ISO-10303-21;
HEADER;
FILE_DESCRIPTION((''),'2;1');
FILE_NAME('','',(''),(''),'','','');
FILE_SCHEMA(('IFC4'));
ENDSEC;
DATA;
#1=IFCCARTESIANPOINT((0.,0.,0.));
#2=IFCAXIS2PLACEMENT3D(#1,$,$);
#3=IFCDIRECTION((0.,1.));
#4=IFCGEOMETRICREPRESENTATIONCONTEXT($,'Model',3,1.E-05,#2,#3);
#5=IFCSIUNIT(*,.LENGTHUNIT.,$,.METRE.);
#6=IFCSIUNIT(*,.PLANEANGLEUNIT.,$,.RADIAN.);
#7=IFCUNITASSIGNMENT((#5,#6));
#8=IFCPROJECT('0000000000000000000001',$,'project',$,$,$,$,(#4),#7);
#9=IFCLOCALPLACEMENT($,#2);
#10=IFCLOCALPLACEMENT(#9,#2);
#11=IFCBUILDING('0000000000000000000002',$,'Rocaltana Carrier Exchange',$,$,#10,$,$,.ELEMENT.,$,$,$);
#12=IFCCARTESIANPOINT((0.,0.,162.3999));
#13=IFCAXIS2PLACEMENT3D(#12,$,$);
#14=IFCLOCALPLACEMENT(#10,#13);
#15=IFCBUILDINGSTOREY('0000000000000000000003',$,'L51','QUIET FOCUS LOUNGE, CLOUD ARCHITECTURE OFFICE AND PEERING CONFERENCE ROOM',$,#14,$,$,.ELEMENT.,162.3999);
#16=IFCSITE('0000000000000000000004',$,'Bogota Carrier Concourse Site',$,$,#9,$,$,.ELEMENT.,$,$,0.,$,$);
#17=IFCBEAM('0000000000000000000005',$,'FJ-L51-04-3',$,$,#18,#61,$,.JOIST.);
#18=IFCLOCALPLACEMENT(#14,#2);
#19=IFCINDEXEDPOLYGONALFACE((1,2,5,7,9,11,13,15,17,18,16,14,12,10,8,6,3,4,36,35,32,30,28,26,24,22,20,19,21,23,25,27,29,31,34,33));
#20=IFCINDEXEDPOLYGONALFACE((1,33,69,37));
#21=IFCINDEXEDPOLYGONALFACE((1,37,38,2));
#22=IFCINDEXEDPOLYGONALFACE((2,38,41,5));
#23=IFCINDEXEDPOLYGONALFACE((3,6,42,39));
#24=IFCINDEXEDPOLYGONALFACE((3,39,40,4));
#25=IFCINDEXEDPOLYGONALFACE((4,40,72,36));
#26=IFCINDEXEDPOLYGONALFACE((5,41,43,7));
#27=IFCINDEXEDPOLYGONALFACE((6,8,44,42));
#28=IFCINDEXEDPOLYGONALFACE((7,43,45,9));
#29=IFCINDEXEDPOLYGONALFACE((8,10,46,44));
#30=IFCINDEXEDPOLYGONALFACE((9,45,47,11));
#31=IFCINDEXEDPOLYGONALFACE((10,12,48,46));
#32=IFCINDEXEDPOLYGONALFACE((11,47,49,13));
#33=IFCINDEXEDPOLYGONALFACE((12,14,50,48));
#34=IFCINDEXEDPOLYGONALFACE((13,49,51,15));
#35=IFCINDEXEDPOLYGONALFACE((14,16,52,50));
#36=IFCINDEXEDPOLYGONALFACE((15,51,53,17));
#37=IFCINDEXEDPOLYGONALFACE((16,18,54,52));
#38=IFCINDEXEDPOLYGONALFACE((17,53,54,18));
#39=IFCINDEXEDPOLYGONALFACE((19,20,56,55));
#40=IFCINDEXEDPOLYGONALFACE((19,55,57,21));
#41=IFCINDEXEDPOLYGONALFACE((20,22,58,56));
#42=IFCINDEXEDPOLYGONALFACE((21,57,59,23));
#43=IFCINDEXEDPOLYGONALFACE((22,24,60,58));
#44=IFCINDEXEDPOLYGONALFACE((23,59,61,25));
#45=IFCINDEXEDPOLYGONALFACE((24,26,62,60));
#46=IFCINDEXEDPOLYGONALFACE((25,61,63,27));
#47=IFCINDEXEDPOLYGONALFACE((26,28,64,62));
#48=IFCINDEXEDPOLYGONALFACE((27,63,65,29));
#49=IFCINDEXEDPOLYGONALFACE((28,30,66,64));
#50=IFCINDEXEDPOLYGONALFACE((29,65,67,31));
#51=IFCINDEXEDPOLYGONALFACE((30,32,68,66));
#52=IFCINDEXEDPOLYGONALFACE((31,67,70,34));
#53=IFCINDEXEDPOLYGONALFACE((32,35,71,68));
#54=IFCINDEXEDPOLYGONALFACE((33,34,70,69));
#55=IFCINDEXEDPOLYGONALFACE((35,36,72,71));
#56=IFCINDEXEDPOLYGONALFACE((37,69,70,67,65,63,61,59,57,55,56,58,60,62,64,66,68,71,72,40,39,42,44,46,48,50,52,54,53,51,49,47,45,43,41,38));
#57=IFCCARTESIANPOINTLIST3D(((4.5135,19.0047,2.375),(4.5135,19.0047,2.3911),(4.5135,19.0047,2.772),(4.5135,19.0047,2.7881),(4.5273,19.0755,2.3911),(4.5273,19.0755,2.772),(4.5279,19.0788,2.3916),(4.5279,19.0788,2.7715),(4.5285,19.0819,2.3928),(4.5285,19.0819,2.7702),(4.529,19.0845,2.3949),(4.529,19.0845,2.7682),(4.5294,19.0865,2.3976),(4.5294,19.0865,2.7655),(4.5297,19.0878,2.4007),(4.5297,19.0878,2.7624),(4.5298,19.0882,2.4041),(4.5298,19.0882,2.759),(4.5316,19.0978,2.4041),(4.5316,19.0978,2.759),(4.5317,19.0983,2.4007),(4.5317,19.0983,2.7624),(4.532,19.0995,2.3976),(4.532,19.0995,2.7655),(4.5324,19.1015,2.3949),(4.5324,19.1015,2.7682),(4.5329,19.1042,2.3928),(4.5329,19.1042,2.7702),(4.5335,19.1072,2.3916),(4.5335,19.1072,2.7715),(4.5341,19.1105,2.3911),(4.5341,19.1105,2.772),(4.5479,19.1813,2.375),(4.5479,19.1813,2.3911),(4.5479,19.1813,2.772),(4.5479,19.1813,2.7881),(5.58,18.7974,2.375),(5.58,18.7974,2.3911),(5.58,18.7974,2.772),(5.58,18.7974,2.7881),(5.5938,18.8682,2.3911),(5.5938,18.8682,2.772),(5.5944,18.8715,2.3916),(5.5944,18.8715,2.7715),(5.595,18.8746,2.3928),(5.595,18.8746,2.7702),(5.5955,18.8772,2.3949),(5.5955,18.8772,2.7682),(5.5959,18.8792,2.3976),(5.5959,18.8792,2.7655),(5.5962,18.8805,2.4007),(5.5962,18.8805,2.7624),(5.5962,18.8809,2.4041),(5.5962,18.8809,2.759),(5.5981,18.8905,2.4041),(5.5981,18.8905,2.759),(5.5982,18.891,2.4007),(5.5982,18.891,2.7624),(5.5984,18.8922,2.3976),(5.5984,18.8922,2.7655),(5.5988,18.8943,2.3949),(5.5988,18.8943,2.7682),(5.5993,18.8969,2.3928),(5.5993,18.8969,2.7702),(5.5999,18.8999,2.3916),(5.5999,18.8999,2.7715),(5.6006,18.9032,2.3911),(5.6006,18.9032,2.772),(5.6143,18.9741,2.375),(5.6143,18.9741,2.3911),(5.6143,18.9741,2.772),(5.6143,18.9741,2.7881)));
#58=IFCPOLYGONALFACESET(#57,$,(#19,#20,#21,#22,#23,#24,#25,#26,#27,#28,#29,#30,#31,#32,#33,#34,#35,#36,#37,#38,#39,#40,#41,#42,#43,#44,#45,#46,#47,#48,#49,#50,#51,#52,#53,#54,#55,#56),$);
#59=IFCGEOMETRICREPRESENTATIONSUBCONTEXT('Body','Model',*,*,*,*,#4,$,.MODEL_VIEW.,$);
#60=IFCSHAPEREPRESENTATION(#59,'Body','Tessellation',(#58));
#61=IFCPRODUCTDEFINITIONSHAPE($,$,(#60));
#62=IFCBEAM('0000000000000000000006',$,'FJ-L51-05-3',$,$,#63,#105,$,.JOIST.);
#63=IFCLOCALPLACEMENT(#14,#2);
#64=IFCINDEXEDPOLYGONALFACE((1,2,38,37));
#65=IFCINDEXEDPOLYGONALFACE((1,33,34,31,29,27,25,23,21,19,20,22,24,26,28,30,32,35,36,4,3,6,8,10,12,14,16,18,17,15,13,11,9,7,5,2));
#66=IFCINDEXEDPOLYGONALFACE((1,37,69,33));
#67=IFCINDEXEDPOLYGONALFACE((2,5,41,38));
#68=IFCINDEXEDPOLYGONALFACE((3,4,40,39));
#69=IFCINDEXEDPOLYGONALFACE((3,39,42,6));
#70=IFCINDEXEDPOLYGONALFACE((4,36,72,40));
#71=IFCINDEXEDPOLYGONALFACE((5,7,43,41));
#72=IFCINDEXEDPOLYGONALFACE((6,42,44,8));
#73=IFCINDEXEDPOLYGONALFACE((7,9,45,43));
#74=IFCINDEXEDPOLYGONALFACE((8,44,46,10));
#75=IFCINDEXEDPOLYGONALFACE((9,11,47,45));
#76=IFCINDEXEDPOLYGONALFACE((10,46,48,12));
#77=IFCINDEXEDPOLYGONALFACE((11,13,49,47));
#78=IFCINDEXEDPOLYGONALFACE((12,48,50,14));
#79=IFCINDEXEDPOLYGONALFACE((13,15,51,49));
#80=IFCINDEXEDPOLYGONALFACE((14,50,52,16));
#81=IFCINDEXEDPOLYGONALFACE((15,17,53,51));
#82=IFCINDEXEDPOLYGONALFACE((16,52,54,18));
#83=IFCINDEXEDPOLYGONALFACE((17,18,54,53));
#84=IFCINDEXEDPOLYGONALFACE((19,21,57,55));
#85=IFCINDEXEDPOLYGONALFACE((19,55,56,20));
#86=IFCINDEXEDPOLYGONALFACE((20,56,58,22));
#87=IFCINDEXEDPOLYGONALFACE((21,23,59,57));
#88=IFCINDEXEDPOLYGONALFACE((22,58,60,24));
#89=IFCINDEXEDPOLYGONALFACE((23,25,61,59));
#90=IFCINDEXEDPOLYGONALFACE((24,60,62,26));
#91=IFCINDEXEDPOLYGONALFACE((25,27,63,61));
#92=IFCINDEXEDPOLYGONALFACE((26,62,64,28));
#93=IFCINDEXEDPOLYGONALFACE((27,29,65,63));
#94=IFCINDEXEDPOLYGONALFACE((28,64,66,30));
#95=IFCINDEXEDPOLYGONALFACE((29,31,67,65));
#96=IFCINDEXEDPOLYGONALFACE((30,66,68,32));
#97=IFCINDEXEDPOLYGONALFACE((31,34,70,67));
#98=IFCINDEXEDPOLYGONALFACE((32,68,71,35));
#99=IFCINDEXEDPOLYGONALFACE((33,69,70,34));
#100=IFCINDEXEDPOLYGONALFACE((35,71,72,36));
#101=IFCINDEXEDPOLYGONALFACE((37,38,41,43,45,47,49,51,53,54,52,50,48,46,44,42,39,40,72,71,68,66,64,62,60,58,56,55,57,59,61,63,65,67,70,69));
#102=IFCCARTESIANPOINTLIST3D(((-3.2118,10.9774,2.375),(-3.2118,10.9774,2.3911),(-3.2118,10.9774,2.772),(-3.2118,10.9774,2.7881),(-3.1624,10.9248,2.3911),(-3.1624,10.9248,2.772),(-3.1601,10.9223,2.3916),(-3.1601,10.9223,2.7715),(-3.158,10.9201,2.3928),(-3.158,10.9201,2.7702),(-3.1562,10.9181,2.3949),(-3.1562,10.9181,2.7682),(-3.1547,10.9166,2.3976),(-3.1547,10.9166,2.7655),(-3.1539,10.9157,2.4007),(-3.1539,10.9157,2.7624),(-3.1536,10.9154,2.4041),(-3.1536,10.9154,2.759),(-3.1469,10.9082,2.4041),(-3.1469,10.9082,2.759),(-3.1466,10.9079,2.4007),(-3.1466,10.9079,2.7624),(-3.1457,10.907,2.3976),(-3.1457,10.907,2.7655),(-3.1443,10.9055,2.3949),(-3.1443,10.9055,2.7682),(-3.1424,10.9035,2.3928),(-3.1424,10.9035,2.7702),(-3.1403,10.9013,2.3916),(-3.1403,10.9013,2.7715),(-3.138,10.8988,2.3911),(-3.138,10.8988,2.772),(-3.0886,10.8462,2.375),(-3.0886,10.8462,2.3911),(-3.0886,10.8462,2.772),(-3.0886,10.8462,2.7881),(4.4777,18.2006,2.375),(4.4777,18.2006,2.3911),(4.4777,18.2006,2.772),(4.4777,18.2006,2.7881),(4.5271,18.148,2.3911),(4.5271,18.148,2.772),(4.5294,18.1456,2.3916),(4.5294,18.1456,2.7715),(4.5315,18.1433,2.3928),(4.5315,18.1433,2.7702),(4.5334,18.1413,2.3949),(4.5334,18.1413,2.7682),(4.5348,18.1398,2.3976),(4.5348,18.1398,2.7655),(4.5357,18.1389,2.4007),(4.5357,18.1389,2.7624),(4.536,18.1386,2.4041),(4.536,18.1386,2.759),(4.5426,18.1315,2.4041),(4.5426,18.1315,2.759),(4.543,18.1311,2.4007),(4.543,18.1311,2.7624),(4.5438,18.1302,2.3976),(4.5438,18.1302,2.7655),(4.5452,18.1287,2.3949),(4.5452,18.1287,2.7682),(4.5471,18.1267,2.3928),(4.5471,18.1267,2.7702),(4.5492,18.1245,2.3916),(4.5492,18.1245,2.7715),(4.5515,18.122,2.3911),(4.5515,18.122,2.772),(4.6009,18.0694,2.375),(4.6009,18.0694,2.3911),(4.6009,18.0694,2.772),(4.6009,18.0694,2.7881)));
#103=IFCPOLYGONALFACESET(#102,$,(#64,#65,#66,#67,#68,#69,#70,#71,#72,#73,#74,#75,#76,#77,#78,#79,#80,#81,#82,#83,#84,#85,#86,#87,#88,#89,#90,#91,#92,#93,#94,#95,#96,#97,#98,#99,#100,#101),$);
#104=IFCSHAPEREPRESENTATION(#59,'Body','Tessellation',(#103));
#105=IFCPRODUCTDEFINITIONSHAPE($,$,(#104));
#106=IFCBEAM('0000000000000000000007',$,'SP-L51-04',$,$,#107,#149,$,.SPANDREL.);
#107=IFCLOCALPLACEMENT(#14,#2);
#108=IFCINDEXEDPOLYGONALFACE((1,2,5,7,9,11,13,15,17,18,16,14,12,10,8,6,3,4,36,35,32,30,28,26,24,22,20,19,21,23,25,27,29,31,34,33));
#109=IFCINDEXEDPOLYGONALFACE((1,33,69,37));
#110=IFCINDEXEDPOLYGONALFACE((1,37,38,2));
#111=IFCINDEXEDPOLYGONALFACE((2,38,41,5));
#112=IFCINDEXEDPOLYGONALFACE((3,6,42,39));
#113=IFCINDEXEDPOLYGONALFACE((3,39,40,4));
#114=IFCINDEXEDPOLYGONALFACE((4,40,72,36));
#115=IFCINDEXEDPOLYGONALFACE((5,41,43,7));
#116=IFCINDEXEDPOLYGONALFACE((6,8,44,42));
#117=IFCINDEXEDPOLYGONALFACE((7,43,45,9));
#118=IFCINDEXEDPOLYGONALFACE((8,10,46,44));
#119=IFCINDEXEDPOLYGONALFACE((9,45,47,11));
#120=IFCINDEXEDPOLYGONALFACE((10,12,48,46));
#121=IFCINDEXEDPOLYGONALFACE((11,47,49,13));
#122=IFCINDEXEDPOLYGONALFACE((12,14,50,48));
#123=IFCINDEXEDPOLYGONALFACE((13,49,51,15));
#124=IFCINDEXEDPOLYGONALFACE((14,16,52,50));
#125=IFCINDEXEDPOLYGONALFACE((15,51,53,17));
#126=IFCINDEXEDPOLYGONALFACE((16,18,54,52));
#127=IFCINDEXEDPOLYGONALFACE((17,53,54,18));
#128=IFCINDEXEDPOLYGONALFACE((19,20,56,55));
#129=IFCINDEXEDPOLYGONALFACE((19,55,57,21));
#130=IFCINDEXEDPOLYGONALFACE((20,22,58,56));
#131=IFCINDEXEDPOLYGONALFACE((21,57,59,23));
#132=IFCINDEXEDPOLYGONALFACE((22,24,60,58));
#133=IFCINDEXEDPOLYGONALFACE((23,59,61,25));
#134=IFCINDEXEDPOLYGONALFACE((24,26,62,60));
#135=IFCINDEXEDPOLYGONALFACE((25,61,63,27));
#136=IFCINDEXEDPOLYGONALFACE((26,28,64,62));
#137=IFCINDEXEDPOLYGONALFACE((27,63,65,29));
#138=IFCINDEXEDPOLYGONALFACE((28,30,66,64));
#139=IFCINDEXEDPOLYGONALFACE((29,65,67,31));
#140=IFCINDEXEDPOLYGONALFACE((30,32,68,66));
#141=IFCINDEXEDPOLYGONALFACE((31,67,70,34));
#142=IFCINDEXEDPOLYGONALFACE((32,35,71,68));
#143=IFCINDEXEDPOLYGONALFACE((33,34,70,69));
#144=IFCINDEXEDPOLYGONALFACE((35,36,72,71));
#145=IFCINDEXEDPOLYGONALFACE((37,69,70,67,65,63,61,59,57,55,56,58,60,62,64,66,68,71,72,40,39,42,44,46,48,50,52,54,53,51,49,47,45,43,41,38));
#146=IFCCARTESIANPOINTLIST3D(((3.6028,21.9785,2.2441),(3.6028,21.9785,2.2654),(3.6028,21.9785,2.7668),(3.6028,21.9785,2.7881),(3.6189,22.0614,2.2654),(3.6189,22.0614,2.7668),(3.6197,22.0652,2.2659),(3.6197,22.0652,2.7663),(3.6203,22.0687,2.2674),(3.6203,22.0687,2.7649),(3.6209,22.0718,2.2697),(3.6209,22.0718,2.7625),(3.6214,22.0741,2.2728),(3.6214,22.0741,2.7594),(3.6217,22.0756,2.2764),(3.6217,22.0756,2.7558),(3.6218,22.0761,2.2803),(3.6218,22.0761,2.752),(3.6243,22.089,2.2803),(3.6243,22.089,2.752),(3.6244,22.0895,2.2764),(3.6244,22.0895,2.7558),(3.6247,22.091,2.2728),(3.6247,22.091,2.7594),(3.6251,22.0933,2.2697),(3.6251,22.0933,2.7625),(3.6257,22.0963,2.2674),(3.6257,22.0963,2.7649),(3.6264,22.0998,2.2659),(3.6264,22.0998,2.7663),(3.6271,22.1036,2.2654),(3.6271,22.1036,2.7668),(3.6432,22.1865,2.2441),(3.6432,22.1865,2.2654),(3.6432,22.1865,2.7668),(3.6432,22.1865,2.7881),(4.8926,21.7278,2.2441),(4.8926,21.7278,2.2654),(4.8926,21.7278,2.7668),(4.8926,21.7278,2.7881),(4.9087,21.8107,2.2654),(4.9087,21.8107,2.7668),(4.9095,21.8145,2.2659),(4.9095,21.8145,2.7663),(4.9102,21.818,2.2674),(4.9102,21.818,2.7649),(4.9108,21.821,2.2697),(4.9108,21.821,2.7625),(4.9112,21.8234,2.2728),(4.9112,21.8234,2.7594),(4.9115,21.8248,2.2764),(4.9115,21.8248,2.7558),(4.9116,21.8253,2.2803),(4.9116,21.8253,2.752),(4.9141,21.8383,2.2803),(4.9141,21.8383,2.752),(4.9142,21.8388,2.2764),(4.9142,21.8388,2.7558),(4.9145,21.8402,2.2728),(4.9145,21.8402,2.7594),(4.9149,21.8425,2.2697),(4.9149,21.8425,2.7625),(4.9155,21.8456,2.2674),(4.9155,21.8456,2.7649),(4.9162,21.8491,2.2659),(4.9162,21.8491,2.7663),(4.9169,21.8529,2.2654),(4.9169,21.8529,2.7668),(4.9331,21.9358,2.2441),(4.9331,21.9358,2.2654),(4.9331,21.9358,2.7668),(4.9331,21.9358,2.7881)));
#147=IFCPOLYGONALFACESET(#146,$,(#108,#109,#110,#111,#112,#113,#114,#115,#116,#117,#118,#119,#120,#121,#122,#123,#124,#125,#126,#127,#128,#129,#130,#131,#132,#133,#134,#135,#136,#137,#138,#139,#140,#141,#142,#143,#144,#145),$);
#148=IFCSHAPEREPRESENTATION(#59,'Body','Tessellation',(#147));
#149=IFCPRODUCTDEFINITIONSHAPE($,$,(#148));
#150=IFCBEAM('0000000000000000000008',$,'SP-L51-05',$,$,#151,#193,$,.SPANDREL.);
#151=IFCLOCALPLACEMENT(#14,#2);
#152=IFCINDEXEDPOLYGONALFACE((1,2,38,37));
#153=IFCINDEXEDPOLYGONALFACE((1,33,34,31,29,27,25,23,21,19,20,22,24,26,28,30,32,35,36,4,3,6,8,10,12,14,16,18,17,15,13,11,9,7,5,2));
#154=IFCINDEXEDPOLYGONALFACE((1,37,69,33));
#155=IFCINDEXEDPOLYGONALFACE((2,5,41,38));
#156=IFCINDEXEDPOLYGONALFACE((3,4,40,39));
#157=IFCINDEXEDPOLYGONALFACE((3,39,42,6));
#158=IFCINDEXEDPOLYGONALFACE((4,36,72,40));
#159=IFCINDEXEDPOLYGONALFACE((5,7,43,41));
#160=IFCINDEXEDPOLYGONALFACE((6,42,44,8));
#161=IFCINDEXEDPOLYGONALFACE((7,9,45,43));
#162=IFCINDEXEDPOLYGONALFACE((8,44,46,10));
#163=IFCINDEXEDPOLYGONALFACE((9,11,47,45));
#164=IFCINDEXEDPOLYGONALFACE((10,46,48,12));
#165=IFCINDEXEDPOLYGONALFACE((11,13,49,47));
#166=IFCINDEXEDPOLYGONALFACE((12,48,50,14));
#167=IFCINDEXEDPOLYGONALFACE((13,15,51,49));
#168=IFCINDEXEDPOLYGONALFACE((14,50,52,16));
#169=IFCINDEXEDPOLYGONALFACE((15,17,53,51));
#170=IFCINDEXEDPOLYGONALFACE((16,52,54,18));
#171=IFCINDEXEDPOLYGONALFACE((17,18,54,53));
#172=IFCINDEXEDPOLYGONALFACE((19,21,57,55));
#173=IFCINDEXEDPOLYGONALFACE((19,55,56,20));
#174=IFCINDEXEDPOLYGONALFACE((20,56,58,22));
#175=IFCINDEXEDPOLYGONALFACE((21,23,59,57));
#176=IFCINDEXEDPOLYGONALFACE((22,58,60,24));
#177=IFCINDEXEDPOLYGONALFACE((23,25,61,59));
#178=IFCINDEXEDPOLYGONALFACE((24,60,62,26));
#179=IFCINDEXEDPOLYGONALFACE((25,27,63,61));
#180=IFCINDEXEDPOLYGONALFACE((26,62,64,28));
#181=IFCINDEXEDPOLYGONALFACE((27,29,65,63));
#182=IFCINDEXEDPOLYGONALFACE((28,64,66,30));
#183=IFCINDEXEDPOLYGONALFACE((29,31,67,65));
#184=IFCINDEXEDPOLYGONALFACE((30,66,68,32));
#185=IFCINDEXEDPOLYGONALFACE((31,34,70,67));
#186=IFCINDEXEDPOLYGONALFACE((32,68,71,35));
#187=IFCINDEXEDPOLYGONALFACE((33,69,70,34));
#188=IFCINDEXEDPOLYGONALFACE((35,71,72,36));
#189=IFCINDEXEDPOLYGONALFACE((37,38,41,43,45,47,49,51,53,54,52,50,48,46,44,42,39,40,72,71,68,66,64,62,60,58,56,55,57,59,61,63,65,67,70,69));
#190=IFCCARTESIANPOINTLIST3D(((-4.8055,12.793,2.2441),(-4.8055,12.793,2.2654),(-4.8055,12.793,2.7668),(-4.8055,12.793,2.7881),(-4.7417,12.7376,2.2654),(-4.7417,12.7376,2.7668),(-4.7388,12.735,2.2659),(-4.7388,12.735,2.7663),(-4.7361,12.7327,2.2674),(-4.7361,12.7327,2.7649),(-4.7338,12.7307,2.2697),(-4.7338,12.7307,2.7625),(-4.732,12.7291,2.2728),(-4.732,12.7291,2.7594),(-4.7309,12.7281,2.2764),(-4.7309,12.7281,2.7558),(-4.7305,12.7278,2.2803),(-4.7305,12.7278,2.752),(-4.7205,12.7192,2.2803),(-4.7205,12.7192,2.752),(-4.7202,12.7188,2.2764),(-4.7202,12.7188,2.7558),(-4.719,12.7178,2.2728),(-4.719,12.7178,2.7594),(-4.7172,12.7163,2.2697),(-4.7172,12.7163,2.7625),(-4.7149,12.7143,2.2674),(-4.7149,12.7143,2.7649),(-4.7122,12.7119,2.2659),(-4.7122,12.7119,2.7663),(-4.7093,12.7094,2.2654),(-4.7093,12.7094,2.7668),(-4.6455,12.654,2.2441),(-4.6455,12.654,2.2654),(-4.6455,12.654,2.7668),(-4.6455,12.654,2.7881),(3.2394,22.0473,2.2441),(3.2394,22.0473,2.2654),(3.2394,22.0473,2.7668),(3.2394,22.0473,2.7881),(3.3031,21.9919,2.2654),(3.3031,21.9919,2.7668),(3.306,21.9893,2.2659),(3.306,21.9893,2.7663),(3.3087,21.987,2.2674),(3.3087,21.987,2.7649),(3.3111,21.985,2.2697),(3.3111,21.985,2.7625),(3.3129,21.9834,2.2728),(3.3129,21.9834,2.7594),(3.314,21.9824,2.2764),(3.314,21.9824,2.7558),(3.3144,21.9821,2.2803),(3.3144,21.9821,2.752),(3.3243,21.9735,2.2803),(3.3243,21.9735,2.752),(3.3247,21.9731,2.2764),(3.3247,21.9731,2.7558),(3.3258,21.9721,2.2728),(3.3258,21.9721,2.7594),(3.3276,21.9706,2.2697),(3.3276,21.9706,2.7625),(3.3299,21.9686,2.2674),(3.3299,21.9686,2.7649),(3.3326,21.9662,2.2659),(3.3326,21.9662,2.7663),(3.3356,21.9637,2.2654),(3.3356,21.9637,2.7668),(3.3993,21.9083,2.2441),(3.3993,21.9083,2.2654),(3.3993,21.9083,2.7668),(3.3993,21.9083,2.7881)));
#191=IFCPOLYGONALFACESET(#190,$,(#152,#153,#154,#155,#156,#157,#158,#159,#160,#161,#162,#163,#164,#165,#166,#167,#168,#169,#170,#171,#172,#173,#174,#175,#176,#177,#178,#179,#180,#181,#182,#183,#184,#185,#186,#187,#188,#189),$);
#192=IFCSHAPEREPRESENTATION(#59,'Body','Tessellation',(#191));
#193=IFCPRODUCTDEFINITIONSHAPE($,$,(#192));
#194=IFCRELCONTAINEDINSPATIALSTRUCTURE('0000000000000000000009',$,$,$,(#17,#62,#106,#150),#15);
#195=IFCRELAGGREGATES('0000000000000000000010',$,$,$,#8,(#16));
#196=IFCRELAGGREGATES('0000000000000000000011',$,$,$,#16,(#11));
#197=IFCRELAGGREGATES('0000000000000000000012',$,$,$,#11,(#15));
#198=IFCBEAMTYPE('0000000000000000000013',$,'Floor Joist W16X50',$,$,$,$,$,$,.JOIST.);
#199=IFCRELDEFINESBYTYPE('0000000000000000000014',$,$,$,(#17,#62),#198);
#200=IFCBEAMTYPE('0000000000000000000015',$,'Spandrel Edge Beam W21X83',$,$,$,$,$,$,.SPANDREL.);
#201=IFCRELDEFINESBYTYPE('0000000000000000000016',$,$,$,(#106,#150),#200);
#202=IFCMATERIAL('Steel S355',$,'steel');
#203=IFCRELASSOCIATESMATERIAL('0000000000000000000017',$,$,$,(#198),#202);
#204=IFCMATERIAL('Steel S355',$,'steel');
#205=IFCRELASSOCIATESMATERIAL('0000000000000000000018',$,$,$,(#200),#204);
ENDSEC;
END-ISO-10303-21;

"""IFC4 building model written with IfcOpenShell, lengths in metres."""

from ifc_helpers import new_model, si_unit, direction, frame, origin, origin_2d, place, context, subcontext, project, spatial, i_section, extrude, material, material_profile, profile_set, type_object, element, save


model = new_model("IFC4")

# Units and contexts
model_context = context("Model", 3, precision=1e-05, world=origin(), true_north=direction((0.0, 1.0)))
body_context = subcontext(model_context, "Body", "Model", "MODEL_VIEW")
ifc_project = project(units=[si_unit("LENGTHUNIT", "METRE"), si_unit("PLANEANGLEUNIT", "RADIAN")], contexts=[model_context])

# Site, building, storey
site_placement = place(None, origin())
site = spatial("IfcSite", under=ifc_project, at=site_placement, Name="Bogota Carrier Concourse Site", CompositionType="ELEMENT", RefElevation=0.0)
building_placement = place(site_placement, origin())
building = spatial("IfcBuilding", under=site, at=building_placement, Name="Rocaltana Carrier Exchange", CompositionType="ELEMENT")
storey_placement = place(building_placement, frame((0.0, 0.0, 162.3999)))
storey = spatial("IfcBuildingStorey", under=building, at=storey_placement, Name="L51", Description="QUIET FOCUS LOUNGE, CLOUD ARCHITECTURE OFFICE AND PEERING CONFERENCE ROOM", CompositionType="ELEMENT", Elevation=162.3999)

# Beams
ifc_material_1 = material(Name="Steel S355", Category="steel")
ifc_material_profile_1 = material_profile(ifc_material_1, i_section(OverallWidth=0.1799, OverallDepth=0.4131, WebThickness=0.0098, FlangeThickness=0.0161, FilletRadius=0.0129, at=origin_2d()), Name="W16X50")
ifc_profile_set_1 = profile_set([ifc_material_profile_1], Name="Steel S355")
beam_type_1 = type_object("IfcBeamType", Name="Floor Joist W16X50", PredefinedType="JOIST", material=ifc_profile_set_1)
beam_1_placement = place(storey_placement, frame((5.5972, 18.8857, 2.5815), z_axis=(-0.981629, 0.190797, 0.0), x_axis=(-0.190797, -0.981629, 0.0)))
element("IfcBeam", 1, at=beam_1_placement, inside=storey, type_object=beam_type_1, Name="FJ-L51-04-3", PredefinedType="JOIST", context=body_context, shape_type="SweptSolid", body=[
    extrude(i_section(OverallWidth=0.1799, OverallDepth=0.4131, WebThickness=0.0098, FlangeThickness=0.0161, FilletRadius=0.0129, at=origin_2d()), origin(), (0.0, 0.0, 1.0), 1.0864),
])
beam_2_placement = place(storey_placement, frame((4.5393, 18.135, 2.5815), z_axis=(-0.728861, -0.684661, 0.0), x_axis=(0.684661, -0.728861, 0.0)))
element("IfcBeam", 2, at=beam_2_placement, inside=storey, type_object=beam_type_1, Name="FJ-L51-05-3", PredefinedType="JOIST", context=body_context, shape_type="SweptSolid", body=[
    extrude(i_section(OverallWidth=0.1799, OverallDepth=0.4131, WebThickness=0.0098, FlangeThickness=0.0161, FilletRadius=0.0129, at=origin_2d()), origin(), (0.0, 0.0, 1.0), 10.55),
])
ifc_material_2 = material(Name="Steel S355", Category="steel")
ifc_material_profile_2 = material_profile(ifc_material_2, i_section(OverallWidth=0.2119, OverallDepth=0.5439, WebThickness=0.0132, FlangeThickness=0.0212, FilletRadius=0.0149, at=origin_2d()), Name="W21X83")
ifc_profile_set_2 = profile_set([ifc_material_profile_2], Name="Steel S355")
beam_type_2 = type_object("IfcBeamType", Name="Spandrel Edge Beam W21X83", PredefinedType="SPANDREL", material=ifc_profile_set_2)
beam_3_placement = place(storey_placement, frame((4.9128, 21.8318, 2.5161), z_axis=(-0.981624, 0.190825, 0.0), x_axis=(-0.190825, -0.981624, 0.0)))
element("IfcBeam", 3, at=beam_3_placement, inside=storey, type_object=beam_type_2, Name="SP-L51-04", PredefinedType="SPANDREL", context=body_context, shape_type="SweptSolid", body=[
    extrude(i_section(OverallWidth=0.2119, OverallDepth=0.5439, WebThickness=0.0132, FlangeThickness=0.0212, FilletRadius=0.0149, at=origin_2d()), origin(), (0.0, 0.0, 1.0), 1.314),
])
beam_4_placement = place(storey_placement, frame((3.3193, 21.9778, 2.5161), z_axis=(-0.656068, -0.754702, 0.0), x_axis=(0.754702, -0.656068, 0.0)))
element("IfcBeam", 4, at=beam_4_placement, inside=storey, type_object=beam_type_2, Name="SP-L51-05", PredefinedType="SPANDREL", context=body_context, shape_type="SweptSolid", body=[
    extrude(i_section(OverallWidth=0.2119, OverallDepth=0.5439, WebThickness=0.0132, FlangeThickness=0.0212, FilletRadius=0.0149, at=origin_2d()), origin(), (0.0, 0.0, 1.0), 12.2622),
])

save(model, "model.ifc")
